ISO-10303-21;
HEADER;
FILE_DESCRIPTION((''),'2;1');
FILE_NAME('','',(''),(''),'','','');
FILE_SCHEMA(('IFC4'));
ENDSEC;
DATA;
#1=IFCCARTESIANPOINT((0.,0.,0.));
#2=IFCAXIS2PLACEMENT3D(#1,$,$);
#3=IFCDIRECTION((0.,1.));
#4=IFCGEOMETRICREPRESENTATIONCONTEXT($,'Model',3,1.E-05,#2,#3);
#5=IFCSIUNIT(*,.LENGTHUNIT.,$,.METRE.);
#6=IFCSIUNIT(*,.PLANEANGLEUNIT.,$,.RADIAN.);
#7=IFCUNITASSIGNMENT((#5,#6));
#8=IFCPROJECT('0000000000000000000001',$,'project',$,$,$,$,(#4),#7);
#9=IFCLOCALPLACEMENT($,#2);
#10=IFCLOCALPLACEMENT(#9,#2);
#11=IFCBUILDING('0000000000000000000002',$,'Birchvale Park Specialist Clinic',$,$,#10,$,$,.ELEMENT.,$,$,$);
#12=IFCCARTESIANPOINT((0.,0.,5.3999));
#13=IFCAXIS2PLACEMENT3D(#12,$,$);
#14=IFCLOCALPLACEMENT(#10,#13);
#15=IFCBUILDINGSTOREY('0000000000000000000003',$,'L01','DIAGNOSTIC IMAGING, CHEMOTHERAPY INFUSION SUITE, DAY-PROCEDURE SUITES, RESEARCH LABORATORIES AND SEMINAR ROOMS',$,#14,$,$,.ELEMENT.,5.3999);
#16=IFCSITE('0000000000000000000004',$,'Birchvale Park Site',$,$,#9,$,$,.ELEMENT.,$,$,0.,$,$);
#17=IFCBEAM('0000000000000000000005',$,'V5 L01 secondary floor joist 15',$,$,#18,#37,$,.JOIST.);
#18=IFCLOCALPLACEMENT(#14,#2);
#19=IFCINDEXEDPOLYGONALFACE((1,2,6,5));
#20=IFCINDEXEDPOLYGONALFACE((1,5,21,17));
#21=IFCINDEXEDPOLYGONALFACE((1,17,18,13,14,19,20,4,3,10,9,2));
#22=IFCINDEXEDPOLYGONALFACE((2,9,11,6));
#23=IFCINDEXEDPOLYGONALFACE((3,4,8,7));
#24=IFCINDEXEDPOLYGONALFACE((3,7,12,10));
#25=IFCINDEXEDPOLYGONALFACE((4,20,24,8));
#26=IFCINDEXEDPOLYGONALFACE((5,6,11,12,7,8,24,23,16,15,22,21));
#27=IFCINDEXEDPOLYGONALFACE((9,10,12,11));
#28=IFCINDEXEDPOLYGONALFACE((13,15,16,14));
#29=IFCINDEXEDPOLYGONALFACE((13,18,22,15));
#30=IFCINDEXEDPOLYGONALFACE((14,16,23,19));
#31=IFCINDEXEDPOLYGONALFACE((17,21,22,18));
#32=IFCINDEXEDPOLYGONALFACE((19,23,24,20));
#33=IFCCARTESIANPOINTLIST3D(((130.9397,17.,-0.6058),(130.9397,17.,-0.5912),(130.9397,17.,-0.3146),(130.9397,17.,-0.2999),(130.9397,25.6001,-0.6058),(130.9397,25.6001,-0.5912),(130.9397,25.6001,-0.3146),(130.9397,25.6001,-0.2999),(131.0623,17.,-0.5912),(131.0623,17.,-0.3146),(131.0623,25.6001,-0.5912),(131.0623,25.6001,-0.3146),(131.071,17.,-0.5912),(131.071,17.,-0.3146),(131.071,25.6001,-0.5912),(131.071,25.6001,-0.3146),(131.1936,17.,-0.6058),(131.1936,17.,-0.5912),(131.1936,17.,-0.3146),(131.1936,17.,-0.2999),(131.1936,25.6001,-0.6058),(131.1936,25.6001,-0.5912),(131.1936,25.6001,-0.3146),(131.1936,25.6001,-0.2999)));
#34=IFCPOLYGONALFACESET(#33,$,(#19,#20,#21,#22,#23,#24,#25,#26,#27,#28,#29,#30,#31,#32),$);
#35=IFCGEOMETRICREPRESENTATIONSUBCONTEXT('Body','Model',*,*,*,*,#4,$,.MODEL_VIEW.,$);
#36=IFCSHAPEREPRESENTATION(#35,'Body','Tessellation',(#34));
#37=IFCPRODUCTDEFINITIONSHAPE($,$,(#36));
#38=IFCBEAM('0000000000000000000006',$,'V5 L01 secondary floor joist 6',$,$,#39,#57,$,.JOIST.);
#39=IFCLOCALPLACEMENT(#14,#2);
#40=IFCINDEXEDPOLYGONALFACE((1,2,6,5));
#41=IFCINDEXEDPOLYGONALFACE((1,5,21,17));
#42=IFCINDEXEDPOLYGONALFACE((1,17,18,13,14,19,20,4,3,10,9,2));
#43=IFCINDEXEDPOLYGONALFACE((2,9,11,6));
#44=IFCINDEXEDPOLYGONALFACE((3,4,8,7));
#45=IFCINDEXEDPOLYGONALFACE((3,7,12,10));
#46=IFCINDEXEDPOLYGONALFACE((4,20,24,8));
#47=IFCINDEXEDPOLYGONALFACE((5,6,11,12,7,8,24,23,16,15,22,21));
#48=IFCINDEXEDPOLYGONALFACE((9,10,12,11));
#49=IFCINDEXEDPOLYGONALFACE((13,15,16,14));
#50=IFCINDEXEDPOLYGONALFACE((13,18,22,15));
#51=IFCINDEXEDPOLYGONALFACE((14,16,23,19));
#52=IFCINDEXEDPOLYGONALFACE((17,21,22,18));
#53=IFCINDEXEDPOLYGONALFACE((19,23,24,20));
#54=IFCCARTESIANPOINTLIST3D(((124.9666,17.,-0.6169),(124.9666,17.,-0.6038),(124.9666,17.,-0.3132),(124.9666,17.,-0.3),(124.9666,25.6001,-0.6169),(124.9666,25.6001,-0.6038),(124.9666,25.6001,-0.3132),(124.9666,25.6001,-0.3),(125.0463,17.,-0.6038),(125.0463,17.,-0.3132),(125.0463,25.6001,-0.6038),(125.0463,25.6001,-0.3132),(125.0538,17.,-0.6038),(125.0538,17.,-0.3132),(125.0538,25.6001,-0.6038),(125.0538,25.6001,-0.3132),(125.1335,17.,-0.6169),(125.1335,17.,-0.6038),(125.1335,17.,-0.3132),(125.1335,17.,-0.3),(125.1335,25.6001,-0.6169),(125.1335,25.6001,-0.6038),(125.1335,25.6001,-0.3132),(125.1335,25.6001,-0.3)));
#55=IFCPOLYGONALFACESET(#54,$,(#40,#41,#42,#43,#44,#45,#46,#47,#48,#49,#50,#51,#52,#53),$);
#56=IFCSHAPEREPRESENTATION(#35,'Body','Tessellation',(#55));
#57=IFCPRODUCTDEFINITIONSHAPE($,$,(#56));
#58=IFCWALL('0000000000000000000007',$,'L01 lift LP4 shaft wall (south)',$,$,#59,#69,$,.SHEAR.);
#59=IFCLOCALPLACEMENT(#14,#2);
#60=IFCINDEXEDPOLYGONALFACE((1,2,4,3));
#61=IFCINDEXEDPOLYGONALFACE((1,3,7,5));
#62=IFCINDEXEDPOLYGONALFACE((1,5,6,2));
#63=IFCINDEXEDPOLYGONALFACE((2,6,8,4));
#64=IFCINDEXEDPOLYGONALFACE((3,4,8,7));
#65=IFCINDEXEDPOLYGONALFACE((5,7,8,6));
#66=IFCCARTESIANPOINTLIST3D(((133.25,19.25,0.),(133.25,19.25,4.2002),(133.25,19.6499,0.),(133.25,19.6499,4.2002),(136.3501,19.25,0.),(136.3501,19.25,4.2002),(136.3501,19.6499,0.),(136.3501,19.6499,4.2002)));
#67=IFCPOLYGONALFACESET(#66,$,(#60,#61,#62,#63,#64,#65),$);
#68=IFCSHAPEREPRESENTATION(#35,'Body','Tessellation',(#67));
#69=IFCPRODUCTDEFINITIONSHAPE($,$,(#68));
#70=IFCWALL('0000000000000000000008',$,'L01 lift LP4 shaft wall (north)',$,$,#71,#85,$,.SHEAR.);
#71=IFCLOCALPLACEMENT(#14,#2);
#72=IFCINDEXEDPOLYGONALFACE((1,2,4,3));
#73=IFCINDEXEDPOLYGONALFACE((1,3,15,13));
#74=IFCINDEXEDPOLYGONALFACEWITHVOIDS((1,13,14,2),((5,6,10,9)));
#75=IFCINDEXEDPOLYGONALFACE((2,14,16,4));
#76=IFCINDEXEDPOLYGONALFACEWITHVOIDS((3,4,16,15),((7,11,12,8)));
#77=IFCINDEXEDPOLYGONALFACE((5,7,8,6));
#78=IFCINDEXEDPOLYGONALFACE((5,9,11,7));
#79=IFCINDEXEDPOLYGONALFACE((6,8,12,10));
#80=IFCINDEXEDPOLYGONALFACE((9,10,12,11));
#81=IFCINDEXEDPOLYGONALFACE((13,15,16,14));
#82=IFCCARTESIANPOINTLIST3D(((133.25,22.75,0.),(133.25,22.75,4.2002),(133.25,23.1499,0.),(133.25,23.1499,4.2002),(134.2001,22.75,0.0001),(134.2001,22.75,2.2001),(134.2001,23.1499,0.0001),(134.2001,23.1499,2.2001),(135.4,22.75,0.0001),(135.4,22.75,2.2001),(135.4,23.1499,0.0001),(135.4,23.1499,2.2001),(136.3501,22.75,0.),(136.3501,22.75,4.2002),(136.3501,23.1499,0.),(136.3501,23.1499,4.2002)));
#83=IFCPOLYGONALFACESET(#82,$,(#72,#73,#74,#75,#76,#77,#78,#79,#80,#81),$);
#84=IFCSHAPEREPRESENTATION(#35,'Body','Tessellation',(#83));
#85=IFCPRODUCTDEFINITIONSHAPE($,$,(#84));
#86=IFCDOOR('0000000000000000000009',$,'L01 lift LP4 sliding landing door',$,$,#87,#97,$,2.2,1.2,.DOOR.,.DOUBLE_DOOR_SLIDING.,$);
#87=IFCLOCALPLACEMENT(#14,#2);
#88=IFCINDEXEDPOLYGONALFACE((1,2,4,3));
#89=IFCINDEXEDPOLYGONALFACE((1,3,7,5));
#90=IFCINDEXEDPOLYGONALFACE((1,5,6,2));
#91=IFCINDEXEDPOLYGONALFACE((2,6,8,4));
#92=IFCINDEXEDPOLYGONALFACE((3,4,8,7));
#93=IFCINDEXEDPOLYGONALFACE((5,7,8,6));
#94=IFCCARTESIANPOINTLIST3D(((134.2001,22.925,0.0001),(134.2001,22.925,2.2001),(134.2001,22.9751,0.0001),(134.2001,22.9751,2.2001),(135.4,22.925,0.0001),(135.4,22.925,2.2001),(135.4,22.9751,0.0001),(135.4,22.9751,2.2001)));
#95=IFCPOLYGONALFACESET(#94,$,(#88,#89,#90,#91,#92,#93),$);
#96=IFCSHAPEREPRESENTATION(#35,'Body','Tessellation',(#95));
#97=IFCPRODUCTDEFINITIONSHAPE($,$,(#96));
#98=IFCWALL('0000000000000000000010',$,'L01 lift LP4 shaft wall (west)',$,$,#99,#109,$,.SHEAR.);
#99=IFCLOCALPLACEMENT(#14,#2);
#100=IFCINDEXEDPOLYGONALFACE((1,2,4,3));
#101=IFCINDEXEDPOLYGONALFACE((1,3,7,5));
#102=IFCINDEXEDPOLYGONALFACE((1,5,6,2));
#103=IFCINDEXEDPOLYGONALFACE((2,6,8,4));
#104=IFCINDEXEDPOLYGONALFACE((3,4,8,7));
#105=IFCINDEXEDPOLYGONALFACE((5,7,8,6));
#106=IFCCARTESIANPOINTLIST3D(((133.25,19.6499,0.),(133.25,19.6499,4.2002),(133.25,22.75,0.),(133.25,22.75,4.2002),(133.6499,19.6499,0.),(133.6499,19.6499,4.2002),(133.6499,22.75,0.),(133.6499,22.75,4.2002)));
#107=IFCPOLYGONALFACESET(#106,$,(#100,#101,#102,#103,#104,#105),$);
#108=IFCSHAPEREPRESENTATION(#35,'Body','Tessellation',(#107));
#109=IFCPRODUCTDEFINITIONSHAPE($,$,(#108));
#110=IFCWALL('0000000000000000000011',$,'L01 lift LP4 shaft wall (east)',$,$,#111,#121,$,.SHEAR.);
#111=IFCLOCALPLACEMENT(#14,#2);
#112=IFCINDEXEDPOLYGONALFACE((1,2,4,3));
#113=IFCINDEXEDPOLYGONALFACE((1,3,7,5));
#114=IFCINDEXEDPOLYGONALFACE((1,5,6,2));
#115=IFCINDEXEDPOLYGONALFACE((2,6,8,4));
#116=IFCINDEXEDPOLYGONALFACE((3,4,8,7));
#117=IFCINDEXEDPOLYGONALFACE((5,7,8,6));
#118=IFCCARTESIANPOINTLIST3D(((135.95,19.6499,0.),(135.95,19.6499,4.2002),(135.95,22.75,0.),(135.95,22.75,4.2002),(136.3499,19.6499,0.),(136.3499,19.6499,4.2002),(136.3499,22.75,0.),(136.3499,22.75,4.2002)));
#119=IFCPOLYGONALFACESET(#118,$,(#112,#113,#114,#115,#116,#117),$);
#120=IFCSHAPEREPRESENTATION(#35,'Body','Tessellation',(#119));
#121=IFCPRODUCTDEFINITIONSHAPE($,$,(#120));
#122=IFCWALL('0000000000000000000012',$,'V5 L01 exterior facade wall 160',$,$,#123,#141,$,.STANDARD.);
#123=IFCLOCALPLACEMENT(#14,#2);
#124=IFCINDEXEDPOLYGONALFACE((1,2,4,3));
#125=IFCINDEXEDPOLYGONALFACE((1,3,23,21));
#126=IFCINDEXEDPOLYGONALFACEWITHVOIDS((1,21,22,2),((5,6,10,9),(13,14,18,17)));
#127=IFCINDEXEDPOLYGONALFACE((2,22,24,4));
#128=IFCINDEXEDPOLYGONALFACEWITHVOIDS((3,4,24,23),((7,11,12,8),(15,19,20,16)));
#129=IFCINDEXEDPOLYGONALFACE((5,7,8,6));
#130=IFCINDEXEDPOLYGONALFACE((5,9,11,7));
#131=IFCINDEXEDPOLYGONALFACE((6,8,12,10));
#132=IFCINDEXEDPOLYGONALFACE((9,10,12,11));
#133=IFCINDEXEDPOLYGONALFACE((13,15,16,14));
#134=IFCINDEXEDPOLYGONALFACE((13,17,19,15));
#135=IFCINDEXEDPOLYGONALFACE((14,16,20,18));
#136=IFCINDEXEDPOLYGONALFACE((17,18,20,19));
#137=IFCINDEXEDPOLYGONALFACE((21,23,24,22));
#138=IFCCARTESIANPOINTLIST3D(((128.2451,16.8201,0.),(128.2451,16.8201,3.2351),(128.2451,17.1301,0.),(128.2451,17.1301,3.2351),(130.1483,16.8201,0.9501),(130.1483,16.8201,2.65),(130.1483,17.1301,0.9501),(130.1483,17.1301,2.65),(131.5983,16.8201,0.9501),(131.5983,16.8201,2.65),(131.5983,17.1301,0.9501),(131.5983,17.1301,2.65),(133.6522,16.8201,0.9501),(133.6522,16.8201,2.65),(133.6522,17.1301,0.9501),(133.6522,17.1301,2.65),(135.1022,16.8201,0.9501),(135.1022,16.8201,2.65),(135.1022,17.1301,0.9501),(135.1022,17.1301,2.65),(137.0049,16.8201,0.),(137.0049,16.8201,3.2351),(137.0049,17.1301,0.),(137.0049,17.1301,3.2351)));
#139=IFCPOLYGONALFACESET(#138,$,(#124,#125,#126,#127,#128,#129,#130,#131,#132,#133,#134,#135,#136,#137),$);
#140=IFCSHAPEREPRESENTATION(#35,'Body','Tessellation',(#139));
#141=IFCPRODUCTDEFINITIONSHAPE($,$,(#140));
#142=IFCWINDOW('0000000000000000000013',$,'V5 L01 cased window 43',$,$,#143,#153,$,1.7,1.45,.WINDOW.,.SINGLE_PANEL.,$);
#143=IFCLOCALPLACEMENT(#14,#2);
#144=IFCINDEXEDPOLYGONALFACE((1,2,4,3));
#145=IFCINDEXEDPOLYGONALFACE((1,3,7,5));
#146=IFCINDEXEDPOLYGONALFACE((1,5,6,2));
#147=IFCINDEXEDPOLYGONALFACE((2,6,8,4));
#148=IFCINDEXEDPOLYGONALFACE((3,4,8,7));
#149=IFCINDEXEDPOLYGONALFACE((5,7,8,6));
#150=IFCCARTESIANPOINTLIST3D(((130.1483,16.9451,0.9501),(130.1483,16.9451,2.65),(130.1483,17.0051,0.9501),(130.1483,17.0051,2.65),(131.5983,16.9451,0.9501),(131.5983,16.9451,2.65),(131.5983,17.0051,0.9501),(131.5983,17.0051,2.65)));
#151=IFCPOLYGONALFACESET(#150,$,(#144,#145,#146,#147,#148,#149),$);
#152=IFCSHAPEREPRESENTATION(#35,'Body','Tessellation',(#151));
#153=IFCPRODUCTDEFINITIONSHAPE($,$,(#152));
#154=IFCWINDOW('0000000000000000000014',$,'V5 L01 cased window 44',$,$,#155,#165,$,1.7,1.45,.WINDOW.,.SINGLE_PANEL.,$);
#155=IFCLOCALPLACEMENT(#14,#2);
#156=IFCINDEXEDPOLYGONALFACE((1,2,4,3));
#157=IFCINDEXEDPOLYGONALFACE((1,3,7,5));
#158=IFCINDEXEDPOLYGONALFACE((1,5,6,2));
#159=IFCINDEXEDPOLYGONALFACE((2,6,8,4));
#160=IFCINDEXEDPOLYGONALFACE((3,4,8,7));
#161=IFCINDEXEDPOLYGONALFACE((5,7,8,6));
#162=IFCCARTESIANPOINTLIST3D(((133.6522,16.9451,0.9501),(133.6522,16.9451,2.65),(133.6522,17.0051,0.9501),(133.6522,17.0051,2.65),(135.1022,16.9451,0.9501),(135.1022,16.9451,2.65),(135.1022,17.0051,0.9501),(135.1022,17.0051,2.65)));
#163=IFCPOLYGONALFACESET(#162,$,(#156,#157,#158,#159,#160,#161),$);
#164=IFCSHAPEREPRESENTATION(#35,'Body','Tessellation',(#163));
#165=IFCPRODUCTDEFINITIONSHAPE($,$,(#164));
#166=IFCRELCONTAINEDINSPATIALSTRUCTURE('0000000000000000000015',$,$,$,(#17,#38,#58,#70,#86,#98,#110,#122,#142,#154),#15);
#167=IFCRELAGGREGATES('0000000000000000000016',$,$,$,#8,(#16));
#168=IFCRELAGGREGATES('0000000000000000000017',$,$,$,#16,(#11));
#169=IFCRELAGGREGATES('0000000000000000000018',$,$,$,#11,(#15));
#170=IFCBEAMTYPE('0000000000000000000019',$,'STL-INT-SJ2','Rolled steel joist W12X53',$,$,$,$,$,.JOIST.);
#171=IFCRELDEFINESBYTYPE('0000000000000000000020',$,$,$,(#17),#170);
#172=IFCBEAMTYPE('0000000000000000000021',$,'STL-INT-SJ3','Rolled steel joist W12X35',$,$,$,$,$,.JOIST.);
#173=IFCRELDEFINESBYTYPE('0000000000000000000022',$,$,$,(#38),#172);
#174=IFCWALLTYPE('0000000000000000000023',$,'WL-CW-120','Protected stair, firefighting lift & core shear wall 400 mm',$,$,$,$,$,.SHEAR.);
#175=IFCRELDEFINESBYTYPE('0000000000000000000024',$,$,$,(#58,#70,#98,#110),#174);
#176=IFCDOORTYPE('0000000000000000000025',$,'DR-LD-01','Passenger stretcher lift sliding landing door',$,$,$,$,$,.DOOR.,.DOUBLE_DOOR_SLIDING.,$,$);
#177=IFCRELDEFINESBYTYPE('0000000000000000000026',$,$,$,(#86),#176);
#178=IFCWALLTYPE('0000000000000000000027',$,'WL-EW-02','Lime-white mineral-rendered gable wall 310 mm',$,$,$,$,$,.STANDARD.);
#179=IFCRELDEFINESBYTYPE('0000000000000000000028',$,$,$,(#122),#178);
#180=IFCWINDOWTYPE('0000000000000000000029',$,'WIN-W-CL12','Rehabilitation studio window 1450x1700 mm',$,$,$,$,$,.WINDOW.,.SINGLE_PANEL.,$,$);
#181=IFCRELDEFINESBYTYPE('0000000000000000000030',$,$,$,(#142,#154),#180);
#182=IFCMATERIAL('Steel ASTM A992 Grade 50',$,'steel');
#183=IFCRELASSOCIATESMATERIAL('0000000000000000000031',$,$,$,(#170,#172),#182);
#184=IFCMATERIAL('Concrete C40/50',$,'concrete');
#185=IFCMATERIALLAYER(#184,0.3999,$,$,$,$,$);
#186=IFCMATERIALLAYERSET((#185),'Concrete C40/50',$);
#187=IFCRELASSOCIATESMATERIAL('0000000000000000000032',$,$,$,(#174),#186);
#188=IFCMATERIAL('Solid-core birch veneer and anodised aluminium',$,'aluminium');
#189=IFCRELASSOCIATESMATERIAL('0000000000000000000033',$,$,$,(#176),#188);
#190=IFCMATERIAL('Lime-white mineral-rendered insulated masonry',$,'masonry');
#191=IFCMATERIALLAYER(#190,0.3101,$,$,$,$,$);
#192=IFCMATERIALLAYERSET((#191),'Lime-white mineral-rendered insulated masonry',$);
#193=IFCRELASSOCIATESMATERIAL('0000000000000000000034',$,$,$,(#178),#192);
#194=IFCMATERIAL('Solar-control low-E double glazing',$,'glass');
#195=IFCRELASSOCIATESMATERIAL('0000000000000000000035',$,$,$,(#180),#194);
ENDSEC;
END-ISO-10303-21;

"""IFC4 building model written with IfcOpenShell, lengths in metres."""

from ifc_helpers import new_model, si_unit, direction, frame, frame_2d, origin, origin_2d, place, context, subcontext, project, spatial, rectangle, i_section, extrude, material, layer, layer_set, material_profile, profile_set, type_object, element, fill, save


model = new_model("IFC4")

# Units and contexts
model_context = context("Model", 3, precision=1e-05, world=origin(), true_north=direction((0.0, 1.0)))
body_context = subcontext(model_context, "Body", "Model", "MODEL_VIEW")
ifc_project = project(units=[si_unit("LENGTHUNIT", "METRE"), si_unit("PLANEANGLEUNIT", "RADIAN")], contexts=[model_context])

# Site, building, storey
site_placement = place(None, origin())
site = spatial("IfcSite", under=ifc_project, at=site_placement, Name="Birchvale Park Site", CompositionType="ELEMENT", RefElevation=0.0)
building_placement = place(site_placement, origin())
building = spatial("IfcBuilding", under=site, at=building_placement, Name="Birchvale Park Specialist Clinic", CompositionType="ELEMENT")
storey_placement = place(building_placement, frame((0.0, 0.0, 5.3999)))
storey = spatial("IfcBuildingStorey", under=building, at=storey_placement, Name="L01", Description="DIAGNOSTIC IMAGING, CHEMOTHERAPY INFUSION SUITE, DAY-PROCEDURE SUITES, RESEARCH LABORATORIES AND SEMINAR ROOMS", CompositionType="ELEMENT", Elevation=5.3999)

# Shared definitions
ifc_material_1 = material(Name="Concrete C40/50", Category="concrete")

# Beams
ifc_material_2 = material(Name="Steel ASTM A992 Grade 50", Category="steel")
ifc_material_profile_1 = material_profile(ifc_material_2, i_section(OverallWidth=0.2539, OverallDepth=0.3059, WebThickness=0.0088, FlangeThickness=0.0146, at=origin_2d()), Name="W12X53")
ifc_profile_set_1 = profile_set([ifc_material_profile_1], Name="Steel ASTM A992 Grade 50")
beam_type_1 = type_object("IfcBeamType", Name="STL-INT-SJ2", Description="Rolled steel joist W12X53", PredefinedType="JOIST", material=ifc_profile_set_1)
for number, where, z_axis, x_axis, name in (
    (1, (131.0667, 17.0, -0.4529), (0.0, 1.0, 0.0), (-1.0, 0.0, 0.0), "V5 L01 secondary floor joist 15"),
):
    element("IfcBeam", number, at=place(storey_placement, frame(where, z_axis=z_axis, x_axis=x_axis)), inside=storey, type_object=beam_type_1, Name=name, PredefinedType="JOIST", context=body_context, shape_type="SweptSolid", body=[
        extrude(i_section(OverallWidth=0.2539, OverallDepth=0.3059, WebThickness=0.0088, FlangeThickness=0.0146, at=origin_2d()), origin(), (0.0, 0.0, 1.0), 8.6001),
    ])
ifc_material_profile_2 = material_profile(ifc_material_2, i_section(OverallWidth=0.167, OverallDepth=0.3169, WebThickness=0.0076, FlangeThickness=0.0132, at=origin_2d()), Name="W12X35")
ifc_profile_set_2 = profile_set([ifc_material_profile_2], Name="Steel ASTM A992 Grade 50")
beam_type_2 = type_object("IfcBeamType", Name="STL-INT-SJ3", Description="Rolled steel joist W12X35", PredefinedType="JOIST", material=ifc_profile_set_2)
beam_1_placement = place(storey_placement, frame((125.05, 17.0, -0.4585), z_axis=(0.0, 1.0, 0.0), x_axis=(-1.0, 0.0, 0.0)))
element("IfcBeam", 2, at=beam_1_placement, inside=storey, type_object=beam_type_2, Name="V5 L01 secondary floor joist 6", PredefinedType="JOIST", context=body_context, shape_type="SweptSolid", body=[
    extrude(i_section(OverallWidth=0.167, OverallDepth=0.3169, WebThickness=0.0076, FlangeThickness=0.0132, at=origin_2d()), origin(), (0.0, 0.0, 1.0), 8.6001),
])

# Wall
ifc_layer_1 = layer(ifc_material_1, 0.3999)
ifc_layer_set_1 = layer_set([ifc_layer_1], Name="Concrete C40/50")
wall_type_1 = type_object("IfcWallType", Name="WL-CW-120", Description="Protected stair, firefighting lift & core shear wall 400 mm", PredefinedType="SHEAR", material=ifc_layer_set_1)
wall_1_placement = place(storey_placement, frame((133.25, 19.45, 0.0), z_axis=(0.0, 0.0, 1.0), x_axis=(1.0, 0.0, 0.0)))
element("IfcWall", 3, at=wall_1_placement, inside=storey, type_object=wall_type_1, Name="L01 lift LP4 shaft wall (south)", PredefinedType="SHEAR", context=body_context, shape_type="SweptSolid", body=[
    extrude(rectangle(XDim=3.1001, YDim=0.3999, at=frame_2d((1.55, 0.0))), origin(), (0.0, 0.0, 1.0), 4.2002),
])

# Wall, opening, door
wall_2_placement = place(storey_placement, frame((136.3501, 22.95, 0.0), z_axis=(0.0, 0.0, 1.0), x_axis=(-1.0, 0.0, 0.0)))
wall_2 = element("IfcWall", 4, at=wall_2_placement, inside=storey, type_object=wall_type_1, Name="L01 lift LP4 shaft wall (north)", PredefinedType="SHEAR", context=body_context, shape_type="SweptSolid", body=[
    extrude(rectangle(XDim=3.1001, YDim=0.3999, at=frame_2d((1.55, 0.0))), origin(), (0.0, 0.0, 1.0), 4.2002),
])
opening_1_placement = place(wall_2_placement, frame((0.95, 0.0, 0.0)))
opening_1 = element("IfcOpeningElement", 5, at=opening_1_placement, cuts=wall_2, PredefinedType="OPENING", context=body_context, shape_type="SweptSolid", body=[
    extrude(rectangle(XDim=1.2, YDim=2.2, at=frame_2d((0.6001, 1.1001))), frame((0.0, 0.21, 0.0), z_axis=(0.0, -1.0, 0.0), x_axis=(1.0, 0.0, 0.0)), (0.0, 0.0, 1.0), 0.4199),
])
ifc_material_3 = material(Name="Solid-core birch veneer and anodised aluminium", Category="aluminium")
door_type_1 = type_object("IfcDoorType", Name="DR-LD-01", Description="Passenger stretcher lift sliding landing door", OperationType="DOUBLE_DOOR_SLIDING", PredefinedType="DOOR", material=ifc_material_3)
door_1_placement = place(opening_1_placement, origin())
door_1 = element("IfcDoor", 6, at=door_1_placement, inside=storey, type_object=door_type_1, Name="L01 lift LP4 sliding landing door", OperationType="DOUBLE_DOOR_SLIDING", OverallHeight=2.2, OverallWidth=1.2, PredefinedType="DOOR", context=body_context, shape_type="SweptSolid", body=[
    extrude(rectangle(XDim=1.2, YDim=2.2, at=frame_2d((0.6001, 1.1001))), frame((0.0, 0.0249, 0.0), z_axis=(0.0, -1.0, 0.0), x_axis=(1.0, 0.0, 0.0)), (0.0, 0.0, 1.0), 0.05),
])
fill(opening_1, door_1)

# Walls
for number, where, z_axis, x_axis, name in (
    (7, (133.45, 19.6499, 0.0), (0.0, 0.0, 1.0), (0.0, 1.0, 0.0), "L01 lift LP4 shaft wall (west)"),
    (8, (136.1499, 22.75, 0.0), (0.0, 0.0, 1.0), (0.0, -1.0, 0.0), "L01 lift LP4 shaft wall (east)"),
):
    element("IfcWall", number, at=place(storey_placement, frame(where, z_axis=z_axis, x_axis=x_axis)), inside=storey, type_object=wall_type_1, Name=name, PredefinedType="SHEAR", context=body_context, shape_type="SweptSolid", body=[
        extrude(rectangle(XDim=3.1001, YDim=0.3999, at=frame_2d((1.55, 0.0))), origin(), (0.0, 0.0, 1.0), 4.2002),
    ])

# Wall, openings, windows
ifc_material_4 = material(Name="Lime-white mineral-rendered insulated masonry", Category="masonry")
ifc_layer_2 = layer(ifc_material_4, 0.3101)
ifc_layer_set_2 = layer_set([ifc_layer_2], Name="Lime-white mineral-rendered insulated masonry")
wall_type_2 = type_object("IfcWallType", Name="WL-EW-02", Description="Lime-white mineral-rendered gable wall 310 mm", PredefinedType="STANDARD", material=ifc_layer_set_2)
wall_3_placement = place(storey_placement, frame((128.2451, 16.9751, 0.0), z_axis=(0.0, 0.0, 1.0), x_axis=(1.0, 0.0, 0.0)))
wall_3 = element("IfcWall", 9, at=wall_3_placement, inside=storey, type_object=wall_type_2, Name="V5 L01 exterior facade wall 160", PredefinedType="STANDARD", context=body_context, shape_type="SweptSolid", body=[
    extrude(rectangle(XDim=8.7598, YDim=0.3101, at=frame_2d((4.3799, 0.0))), origin(), (0.0, 0.0, 1.0), 3.2351),
])
opening_2_placement = place(wall_3_placement, frame((1.9031, 0.0, 0.95)))
opening_2 = element("IfcOpeningElement", 10, at=opening_2_placement, cuts=wall_3, PredefinedType="OPENING", context=body_context, shape_type="SweptSolid", body=[
    extrude(rectangle(XDim=1.45, YDim=1.7, at=frame_2d((0.7251, 0.8501))), frame((0.0, 0.165, 0.0), z_axis=(0.0, -1.0, 0.0), x_axis=(1.0, 0.0, 0.0)), (0.0, 0.0, 1.0), 0.3301),
])
opening_3_placement = place(wall_3_placement, frame((5.407, 0.0, 0.95)))
opening_3 = element("IfcOpeningElement", 11, at=opening_3_placement, cuts=wall_3, PredefinedType="OPENING", context=body_context, shape_type="SweptSolid", body=[
    extrude(rectangle(XDim=1.45, YDim=1.7, at=frame_2d((0.7251, 0.8501))), frame((0.0, 0.165, 0.0), z_axis=(0.0, -1.0, 0.0), x_axis=(1.0, 0.0, 0.0)), (0.0, 0.0, 1.0), 0.3301),
])
ifc_material_5 = material(Name="Solar-control low-E double glazing", Category="glass")
window_type_1 = type_object("IfcWindowType", Name="WIN-W-CL12", Description="Rehabilitation studio window 1450x1700 mm", PartitioningType="SINGLE_PANEL", PredefinedType="WINDOW", material=ifc_material_5)
window_1_placement = place(opening_2_placement, origin())
window_1 = element("IfcWindow", 12, at=window_1_placement, inside=storey, type_object=window_type_1, Name="V5 L01 cased window 43", OverallHeight=1.7, OverallWidth=1.45, PartitioningType="SINGLE_PANEL", PredefinedType="WINDOW", context=body_context, shape_type="SweptSolid", body=[
    extrude(rectangle(XDim=1.45, YDim=1.7, at=frame_2d((0.7251, 0.8501))), frame((0.0, 0.03, 0.0), z_axis=(0.0, -1.0, 0.0), x_axis=(1.0, 0.0, 0.0)), (0.0, 0.0, 1.0), 0.0601),
])
fill(opening_2, window_1)
window_2_placement = place(opening_3_placement, origin())
window_2 = element("IfcWindow", 13, at=window_2_placement, inside=storey, type_object=window_type_1, Name="V5 L01 cased window 44", OverallHeight=1.7, OverallWidth=1.45, PartitioningType="SINGLE_PANEL", PredefinedType="WINDOW", context=body_context, shape_type="SweptSolid", body=[
    extrude(rectangle(XDim=1.45, YDim=1.7, at=frame_2d((0.7251, 0.8501))), frame((0.0, 0.03, 0.0), z_axis=(0.0, -1.0, 0.0), x_axis=(1.0, 0.0, 0.0)), (0.0, 0.0, 1.0), 0.0601),
])
fill(opening_3, window_2)

save(model, "model.ifc")
